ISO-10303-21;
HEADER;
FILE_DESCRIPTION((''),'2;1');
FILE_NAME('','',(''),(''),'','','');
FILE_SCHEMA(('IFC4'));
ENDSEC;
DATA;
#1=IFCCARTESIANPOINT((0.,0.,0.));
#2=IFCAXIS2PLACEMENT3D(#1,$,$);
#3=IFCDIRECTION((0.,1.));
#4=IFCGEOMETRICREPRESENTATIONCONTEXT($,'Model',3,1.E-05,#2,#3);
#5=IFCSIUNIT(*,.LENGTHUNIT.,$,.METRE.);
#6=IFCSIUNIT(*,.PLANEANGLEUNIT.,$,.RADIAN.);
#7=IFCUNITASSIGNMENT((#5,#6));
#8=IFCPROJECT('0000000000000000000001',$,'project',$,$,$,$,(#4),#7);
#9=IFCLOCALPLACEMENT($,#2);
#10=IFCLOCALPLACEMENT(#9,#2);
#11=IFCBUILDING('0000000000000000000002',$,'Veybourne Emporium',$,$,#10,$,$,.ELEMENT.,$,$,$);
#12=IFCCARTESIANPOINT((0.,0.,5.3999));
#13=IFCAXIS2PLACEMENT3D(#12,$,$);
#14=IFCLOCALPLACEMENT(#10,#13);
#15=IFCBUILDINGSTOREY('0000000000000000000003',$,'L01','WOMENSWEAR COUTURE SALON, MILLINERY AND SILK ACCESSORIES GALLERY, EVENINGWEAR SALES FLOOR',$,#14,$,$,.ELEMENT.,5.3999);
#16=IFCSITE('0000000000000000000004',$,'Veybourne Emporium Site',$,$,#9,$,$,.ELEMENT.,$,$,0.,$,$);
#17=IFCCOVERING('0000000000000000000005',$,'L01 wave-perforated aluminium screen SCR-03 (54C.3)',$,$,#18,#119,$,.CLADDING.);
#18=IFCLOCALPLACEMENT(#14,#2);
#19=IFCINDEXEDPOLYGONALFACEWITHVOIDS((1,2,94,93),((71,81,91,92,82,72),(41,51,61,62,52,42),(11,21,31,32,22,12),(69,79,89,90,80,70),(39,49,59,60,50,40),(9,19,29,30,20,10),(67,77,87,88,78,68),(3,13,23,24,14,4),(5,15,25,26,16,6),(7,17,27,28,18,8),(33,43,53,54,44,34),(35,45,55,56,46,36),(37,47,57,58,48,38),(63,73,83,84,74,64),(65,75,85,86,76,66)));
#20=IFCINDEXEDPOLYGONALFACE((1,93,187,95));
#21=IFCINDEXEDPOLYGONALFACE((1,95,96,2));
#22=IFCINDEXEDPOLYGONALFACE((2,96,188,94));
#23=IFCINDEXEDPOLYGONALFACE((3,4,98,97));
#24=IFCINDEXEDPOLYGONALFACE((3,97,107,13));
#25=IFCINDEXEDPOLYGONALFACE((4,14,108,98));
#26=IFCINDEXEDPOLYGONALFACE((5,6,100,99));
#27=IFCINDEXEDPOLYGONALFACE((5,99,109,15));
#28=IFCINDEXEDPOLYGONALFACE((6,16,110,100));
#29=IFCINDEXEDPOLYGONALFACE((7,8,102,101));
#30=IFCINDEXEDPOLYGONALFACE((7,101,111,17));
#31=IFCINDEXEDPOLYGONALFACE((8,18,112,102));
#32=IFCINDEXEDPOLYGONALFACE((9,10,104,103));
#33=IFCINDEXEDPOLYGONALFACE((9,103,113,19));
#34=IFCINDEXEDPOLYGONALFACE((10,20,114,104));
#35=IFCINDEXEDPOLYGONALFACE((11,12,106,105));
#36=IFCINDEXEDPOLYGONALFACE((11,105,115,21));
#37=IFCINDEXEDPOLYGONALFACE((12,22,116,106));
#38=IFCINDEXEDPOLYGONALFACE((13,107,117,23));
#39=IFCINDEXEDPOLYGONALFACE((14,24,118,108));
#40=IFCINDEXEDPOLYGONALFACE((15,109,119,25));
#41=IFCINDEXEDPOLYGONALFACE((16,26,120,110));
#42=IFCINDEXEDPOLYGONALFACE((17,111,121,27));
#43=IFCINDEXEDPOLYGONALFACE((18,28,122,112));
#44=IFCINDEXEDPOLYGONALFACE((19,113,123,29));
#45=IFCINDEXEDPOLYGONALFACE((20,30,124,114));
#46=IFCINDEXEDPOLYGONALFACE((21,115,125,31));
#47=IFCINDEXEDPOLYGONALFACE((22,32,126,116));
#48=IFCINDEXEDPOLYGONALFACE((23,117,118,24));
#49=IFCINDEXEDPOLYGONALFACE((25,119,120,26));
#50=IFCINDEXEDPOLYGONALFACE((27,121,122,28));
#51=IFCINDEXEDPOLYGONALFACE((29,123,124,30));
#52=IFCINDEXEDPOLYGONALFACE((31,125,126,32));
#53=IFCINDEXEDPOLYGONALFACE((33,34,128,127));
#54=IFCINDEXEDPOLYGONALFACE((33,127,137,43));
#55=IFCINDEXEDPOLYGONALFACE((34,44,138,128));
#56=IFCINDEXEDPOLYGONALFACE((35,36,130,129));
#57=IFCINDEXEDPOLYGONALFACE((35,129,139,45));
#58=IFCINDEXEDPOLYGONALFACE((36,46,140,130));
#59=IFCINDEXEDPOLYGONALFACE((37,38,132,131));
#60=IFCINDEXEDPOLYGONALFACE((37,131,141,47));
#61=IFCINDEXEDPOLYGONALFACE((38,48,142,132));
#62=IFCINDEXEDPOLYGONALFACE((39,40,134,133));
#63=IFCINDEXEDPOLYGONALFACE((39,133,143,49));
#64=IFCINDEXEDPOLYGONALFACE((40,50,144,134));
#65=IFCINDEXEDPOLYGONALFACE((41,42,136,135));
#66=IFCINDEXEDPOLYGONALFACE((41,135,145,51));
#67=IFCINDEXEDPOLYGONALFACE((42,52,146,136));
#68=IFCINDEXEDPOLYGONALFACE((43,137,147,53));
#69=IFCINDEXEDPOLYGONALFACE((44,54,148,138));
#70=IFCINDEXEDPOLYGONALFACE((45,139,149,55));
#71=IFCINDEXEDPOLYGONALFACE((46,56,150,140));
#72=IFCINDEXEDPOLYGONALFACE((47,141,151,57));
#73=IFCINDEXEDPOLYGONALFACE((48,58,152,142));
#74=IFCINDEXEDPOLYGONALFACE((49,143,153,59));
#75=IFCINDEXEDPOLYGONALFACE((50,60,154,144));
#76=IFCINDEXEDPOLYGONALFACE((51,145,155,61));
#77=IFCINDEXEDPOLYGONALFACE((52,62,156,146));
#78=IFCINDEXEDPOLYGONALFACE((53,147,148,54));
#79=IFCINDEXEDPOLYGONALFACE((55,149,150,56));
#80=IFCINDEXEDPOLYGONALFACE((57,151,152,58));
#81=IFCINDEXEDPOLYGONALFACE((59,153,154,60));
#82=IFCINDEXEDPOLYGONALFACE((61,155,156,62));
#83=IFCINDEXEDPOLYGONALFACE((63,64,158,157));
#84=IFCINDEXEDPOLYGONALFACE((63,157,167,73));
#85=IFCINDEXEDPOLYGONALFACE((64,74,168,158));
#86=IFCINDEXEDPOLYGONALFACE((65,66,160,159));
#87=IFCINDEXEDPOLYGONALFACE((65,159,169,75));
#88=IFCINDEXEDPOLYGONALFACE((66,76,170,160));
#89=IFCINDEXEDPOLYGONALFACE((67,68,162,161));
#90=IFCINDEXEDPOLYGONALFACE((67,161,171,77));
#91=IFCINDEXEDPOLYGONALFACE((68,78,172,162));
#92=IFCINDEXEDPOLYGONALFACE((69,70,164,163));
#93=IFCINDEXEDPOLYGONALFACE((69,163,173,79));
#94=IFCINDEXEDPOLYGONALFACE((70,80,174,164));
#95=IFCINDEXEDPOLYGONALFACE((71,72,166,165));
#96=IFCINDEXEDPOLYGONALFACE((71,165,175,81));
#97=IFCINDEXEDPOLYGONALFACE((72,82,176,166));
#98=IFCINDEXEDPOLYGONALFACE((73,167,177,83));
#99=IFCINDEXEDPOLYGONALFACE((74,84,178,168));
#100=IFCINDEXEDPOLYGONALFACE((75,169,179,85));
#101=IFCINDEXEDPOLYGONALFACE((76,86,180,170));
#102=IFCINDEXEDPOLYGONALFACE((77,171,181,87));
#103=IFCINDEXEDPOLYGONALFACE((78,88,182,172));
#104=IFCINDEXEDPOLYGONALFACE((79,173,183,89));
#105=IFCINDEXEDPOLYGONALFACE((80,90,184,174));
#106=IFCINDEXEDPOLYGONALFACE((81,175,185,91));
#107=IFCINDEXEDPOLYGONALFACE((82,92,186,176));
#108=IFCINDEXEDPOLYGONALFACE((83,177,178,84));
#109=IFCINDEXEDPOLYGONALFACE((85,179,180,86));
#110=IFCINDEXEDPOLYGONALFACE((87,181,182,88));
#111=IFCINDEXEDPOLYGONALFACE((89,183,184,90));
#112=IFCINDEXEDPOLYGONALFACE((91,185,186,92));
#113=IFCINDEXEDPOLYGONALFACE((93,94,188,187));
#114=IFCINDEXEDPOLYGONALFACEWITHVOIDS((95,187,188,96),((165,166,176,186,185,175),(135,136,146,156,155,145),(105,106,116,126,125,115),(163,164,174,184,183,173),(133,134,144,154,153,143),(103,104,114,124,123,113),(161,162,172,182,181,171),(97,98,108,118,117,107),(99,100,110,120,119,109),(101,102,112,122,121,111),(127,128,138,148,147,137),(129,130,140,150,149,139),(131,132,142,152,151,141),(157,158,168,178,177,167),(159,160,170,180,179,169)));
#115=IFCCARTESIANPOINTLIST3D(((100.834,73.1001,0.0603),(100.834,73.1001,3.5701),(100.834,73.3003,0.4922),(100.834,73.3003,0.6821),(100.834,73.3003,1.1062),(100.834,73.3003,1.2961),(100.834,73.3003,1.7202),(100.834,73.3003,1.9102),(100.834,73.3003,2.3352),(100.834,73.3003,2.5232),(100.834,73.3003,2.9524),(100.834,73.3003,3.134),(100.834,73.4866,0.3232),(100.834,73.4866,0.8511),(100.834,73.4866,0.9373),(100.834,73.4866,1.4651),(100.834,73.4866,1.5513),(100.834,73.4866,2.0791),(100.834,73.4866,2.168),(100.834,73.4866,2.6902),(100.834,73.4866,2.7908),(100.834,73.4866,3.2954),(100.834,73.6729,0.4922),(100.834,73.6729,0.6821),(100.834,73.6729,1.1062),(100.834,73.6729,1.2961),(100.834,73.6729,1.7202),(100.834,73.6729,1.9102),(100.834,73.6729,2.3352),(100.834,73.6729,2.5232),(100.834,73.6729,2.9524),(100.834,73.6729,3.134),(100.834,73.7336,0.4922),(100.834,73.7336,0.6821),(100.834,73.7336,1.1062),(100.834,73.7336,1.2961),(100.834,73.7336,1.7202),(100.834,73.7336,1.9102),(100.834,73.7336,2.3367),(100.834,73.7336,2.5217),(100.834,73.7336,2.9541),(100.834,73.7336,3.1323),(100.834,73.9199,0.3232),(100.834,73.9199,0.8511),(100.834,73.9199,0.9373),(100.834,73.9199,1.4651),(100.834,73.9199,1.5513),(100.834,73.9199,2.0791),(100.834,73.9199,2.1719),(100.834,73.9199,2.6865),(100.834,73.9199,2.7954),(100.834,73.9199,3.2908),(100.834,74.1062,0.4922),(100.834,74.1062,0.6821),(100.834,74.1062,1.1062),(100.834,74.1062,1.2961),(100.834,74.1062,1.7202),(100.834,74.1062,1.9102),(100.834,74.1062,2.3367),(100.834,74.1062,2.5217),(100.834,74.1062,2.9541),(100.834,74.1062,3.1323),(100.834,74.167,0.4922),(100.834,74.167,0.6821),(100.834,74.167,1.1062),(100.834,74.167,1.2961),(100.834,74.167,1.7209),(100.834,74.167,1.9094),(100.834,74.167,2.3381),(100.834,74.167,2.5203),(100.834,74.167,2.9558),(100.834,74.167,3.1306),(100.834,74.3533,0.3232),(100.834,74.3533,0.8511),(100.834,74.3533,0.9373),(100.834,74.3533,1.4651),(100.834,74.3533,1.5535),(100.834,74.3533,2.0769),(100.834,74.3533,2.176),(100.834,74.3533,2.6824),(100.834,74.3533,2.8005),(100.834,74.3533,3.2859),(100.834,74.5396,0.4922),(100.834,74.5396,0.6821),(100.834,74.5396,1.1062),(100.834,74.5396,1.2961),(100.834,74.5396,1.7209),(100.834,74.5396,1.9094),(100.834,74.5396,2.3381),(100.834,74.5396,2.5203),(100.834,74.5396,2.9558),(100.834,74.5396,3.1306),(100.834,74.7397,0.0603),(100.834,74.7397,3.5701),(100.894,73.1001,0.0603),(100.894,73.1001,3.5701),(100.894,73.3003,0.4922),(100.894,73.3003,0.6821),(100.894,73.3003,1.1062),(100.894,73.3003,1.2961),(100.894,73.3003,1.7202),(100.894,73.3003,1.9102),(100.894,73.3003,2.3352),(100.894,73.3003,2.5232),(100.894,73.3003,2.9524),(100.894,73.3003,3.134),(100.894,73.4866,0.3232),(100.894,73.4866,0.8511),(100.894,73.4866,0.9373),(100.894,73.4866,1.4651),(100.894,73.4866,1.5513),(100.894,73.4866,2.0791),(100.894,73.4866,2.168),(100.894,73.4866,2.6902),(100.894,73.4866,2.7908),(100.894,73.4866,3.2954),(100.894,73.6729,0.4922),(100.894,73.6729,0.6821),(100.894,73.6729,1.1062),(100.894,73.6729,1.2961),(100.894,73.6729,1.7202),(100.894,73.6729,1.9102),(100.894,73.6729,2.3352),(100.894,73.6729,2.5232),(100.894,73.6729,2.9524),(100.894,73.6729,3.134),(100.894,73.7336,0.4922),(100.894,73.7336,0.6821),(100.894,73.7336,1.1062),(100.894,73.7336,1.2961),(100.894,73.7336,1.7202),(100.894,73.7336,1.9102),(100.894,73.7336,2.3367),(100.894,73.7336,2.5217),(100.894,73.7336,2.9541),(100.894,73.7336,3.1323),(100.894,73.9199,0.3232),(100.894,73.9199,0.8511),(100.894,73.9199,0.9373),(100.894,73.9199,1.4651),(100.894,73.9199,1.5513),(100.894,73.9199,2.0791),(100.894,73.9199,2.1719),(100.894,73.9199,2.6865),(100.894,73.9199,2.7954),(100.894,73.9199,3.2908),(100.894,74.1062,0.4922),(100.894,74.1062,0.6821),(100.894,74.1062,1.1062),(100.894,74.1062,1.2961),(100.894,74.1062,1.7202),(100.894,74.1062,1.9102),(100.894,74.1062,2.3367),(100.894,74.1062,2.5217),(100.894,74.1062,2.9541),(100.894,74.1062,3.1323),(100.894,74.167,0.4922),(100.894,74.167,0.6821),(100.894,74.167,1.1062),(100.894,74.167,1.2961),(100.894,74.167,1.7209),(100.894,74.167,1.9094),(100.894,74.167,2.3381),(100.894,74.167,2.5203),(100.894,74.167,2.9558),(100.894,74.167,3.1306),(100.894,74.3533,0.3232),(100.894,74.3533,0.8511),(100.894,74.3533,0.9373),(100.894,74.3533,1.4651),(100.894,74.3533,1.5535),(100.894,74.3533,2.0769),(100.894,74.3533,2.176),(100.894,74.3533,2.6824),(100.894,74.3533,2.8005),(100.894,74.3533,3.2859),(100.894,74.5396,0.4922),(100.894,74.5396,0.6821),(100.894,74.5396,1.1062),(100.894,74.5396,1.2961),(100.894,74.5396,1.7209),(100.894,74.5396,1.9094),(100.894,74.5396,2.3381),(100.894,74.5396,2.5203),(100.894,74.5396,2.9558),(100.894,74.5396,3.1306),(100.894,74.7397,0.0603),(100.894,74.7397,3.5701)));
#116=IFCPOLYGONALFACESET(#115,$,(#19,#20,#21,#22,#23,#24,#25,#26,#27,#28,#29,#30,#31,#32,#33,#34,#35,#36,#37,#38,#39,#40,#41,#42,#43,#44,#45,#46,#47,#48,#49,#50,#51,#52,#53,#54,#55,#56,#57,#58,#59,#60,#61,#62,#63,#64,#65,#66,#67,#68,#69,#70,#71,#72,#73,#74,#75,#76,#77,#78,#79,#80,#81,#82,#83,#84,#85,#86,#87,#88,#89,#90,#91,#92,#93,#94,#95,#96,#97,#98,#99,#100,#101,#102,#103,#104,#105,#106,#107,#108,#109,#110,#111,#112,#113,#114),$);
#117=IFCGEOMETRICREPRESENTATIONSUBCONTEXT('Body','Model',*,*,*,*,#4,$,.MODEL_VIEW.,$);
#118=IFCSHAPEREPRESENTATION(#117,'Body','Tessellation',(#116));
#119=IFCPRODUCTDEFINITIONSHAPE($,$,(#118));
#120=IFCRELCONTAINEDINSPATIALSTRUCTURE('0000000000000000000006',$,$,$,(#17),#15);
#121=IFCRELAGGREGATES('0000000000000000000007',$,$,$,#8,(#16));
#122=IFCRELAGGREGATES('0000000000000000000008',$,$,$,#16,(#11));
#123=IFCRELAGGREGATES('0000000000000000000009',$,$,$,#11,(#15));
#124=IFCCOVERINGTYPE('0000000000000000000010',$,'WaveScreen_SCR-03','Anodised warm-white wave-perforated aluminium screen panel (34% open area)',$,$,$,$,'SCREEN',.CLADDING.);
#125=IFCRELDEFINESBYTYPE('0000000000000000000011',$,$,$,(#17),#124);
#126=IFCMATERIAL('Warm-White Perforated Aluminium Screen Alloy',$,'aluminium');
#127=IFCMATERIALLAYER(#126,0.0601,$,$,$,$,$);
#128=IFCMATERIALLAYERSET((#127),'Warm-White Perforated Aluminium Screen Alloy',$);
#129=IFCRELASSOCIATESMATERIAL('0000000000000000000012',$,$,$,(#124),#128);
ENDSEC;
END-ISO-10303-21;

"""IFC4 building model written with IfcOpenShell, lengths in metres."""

from ifc_helpers import new_model, si_unit, direction, frame, origin, place, context, subcontext, project, spatial, polyline, outline, extrude, material, layer, layer_set, type_object, element, save


model = new_model("IFC4")

# Units and contexts
model_context = context("Model", 3, precision=1e-05, world=origin(), true_north=direction((0.0, 1.0)))
body_context = subcontext(model_context, "Body", "Model", "MODEL_VIEW")
ifc_project = project(units=[si_unit("LENGTHUNIT", "METRE"), si_unit("PLANEANGLEUNIT", "RADIAN")], contexts=[model_context])

# Site, building, storey
site_placement = place(None, origin())
site = spatial("IfcSite", under=ifc_project, at=site_placement, Name="Veybourne Emporium Site", CompositionType="ELEMENT", RefElevation=0.0)
building_placement = place(site_placement, origin())
building = spatial("IfcBuilding", under=site, at=building_placement, Name="Veybourne Emporium", CompositionType="ELEMENT")
storey_placement = place(building_placement, frame((0.0, 0.0, 5.3999)))
storey = spatial("IfcBuildingStorey", under=building, at=storey_placement, Name="L01", Description="WOMENSWEAR COUTURE SALON, MILLINERY AND SILK ACCESSORIES GALLERY, EVENINGWEAR SALES FLOOR", CompositionType="ELEMENT", Elevation=5.3999)

# Covering
ifc_material_1 = material(Name="Warm-White Perforated Aluminium Screen Alloy", Category="aluminium")
ifc_layer_1 = layer(ifc_material_1, 0.0601)
ifc_layer_set_1 = layer_set([ifc_layer_1], Name="Warm-White Perforated Aluminium Screen Alloy")
covering_type_1 = type_object("IfcCoveringType", Name="WaveScreen_SCR-03", Description="Anodised warm-white wave-perforated aluminium screen panel (34% open area)", ElementType="SCREEN", PredefinedType="CLADDING", material=ifc_layer_set_1)
covering_1_placement = place(storey_placement, frame((100.894, 73.9199, 1.8152), z_axis=(-1.0, 0.0, 0.0), x_axis=(0.0, -1.0, 0.0)))
element("IfcCovering", 1, at=covering_1_placement, inside=storey, type_object=covering_type_1, Name="L01 wave-perforated aluminium screen SCR-03 (54C.3)", PredefinedType="CLADDING", context=body_context, shape_type="SweptSolid", body=[
    extrude(outline(polyline([(-0.8198, -1.7549), (0.8198, -1.7549), (0.8198, 1.7549), (-0.8198, 1.7549), (-0.8198, -1.7549)]), holes=[polyline([(-0.4333, -0.9641), (-0.2471, -1.1331), (-0.2471, -1.323), (-0.4333, -1.4919), (-0.6196, -1.323), (-0.6196, -1.1331), (-0.4333, -0.9641)]), polyline([(-0.4333, -0.3501), (-0.2471, -0.519), (-0.2471, -0.709), (-0.4333, -0.8779), (-0.6196, -0.709), (-0.6196, -0.519), (-0.4333, -0.3501)]), polyline([(-0.4333, 0.2617), (-0.2471, 0.0942), (-0.2471, -0.0942), (-0.4333, -0.2617), (-0.6196, -0.0942), (-0.6196, 0.0942), (-0.4333, 0.2617)]), polyline([(-0.4333, 0.8672), (-0.2471, 0.7051), (-0.2471, 0.5229), (-0.4333, 0.3608), (-0.6196, 0.5229), (-0.6196, 0.7051), (-0.4333, 0.8672)]), polyline([(-0.4333, 1.4707), (-0.2471, 1.3154), (-0.2471, 1.1406), (-0.4333, 0.9854), (-0.6196, 1.1406), (-0.6196, 1.3154), (-0.4333, 1.4707)]), polyline([(0.0, -0.9641), (0.1863, -1.1331), (0.1863, -1.323), (0.0, -1.4919), (-0.1863, -1.323), (-0.1863, -1.1331), (0.0, -0.9641)]), polyline([(0.0, -0.3501), (0.1863, -0.519), (0.1863, -0.709), (0.0, -0.8779), (-0.1863, -0.709), (-0.1863, -0.519), (0.0, -0.3501)]), polyline([(0.0, 0.2639), (0.1863, 0.095), (0.1863, -0.095), (0.0, -0.2639), (-0.1863, -0.095), (-0.1863, 0.095), (0.0, 0.2639)]), polyline([(0.0, 0.8713), (0.1863, 0.7065), (0.1863, 0.5215), (0.0, 0.3567), (-0.1863, 0.5215), (-0.1863, 0.7065), (0.0, 0.8713)]), polyline([(0.0, 1.4756), (0.1863, 1.3171), (0.1863, 1.1389), (0.0, 0.9802), (-0.1863, 1.1389), (-0.1863, 1.3171), (0.0, 1.4756)]), polyline([(0.4333, -0.9641), (0.6196, -1.1331), (0.6196, -1.323), (0.4333, -1.4919), (0.2471, -1.323), (0.2471, -1.1331), (0.4333, -0.9641)]), polyline([(0.4333, -0.3501), (0.6196, -0.519), (0.6196, -0.709), (0.4333, -0.8779), (0.2471, -0.709), (0.2471, -0.519), (0.4333, -0.3501)]), polyline([(0.4333, 0.2639), (0.6196, 0.095), (0.6196, -0.095), (0.4333, -0.2639), (0.2471, -0.095), (0.2471, 0.095), (0.4333, 0.2639)]), polyline([(0.4333, 0.875), (0.6196, 0.708), (0.6196, 0.52), (0.4333, 0.3528), (0.2471, 0.52), (0.2471, 0.708), (0.4333, 0.875)]), polyline([(0.4333, 1.4802), (0.6196, 1.3188), (0.6196, 1.1372), (0.4333, 0.9756), (0.2471, 1.1372), (0.2471, 1.3188), (0.4333, 1.4802)])]), origin(), (0.0, 0.0, 1.0), 0.0601),
])

save(model, "model.ifc")
